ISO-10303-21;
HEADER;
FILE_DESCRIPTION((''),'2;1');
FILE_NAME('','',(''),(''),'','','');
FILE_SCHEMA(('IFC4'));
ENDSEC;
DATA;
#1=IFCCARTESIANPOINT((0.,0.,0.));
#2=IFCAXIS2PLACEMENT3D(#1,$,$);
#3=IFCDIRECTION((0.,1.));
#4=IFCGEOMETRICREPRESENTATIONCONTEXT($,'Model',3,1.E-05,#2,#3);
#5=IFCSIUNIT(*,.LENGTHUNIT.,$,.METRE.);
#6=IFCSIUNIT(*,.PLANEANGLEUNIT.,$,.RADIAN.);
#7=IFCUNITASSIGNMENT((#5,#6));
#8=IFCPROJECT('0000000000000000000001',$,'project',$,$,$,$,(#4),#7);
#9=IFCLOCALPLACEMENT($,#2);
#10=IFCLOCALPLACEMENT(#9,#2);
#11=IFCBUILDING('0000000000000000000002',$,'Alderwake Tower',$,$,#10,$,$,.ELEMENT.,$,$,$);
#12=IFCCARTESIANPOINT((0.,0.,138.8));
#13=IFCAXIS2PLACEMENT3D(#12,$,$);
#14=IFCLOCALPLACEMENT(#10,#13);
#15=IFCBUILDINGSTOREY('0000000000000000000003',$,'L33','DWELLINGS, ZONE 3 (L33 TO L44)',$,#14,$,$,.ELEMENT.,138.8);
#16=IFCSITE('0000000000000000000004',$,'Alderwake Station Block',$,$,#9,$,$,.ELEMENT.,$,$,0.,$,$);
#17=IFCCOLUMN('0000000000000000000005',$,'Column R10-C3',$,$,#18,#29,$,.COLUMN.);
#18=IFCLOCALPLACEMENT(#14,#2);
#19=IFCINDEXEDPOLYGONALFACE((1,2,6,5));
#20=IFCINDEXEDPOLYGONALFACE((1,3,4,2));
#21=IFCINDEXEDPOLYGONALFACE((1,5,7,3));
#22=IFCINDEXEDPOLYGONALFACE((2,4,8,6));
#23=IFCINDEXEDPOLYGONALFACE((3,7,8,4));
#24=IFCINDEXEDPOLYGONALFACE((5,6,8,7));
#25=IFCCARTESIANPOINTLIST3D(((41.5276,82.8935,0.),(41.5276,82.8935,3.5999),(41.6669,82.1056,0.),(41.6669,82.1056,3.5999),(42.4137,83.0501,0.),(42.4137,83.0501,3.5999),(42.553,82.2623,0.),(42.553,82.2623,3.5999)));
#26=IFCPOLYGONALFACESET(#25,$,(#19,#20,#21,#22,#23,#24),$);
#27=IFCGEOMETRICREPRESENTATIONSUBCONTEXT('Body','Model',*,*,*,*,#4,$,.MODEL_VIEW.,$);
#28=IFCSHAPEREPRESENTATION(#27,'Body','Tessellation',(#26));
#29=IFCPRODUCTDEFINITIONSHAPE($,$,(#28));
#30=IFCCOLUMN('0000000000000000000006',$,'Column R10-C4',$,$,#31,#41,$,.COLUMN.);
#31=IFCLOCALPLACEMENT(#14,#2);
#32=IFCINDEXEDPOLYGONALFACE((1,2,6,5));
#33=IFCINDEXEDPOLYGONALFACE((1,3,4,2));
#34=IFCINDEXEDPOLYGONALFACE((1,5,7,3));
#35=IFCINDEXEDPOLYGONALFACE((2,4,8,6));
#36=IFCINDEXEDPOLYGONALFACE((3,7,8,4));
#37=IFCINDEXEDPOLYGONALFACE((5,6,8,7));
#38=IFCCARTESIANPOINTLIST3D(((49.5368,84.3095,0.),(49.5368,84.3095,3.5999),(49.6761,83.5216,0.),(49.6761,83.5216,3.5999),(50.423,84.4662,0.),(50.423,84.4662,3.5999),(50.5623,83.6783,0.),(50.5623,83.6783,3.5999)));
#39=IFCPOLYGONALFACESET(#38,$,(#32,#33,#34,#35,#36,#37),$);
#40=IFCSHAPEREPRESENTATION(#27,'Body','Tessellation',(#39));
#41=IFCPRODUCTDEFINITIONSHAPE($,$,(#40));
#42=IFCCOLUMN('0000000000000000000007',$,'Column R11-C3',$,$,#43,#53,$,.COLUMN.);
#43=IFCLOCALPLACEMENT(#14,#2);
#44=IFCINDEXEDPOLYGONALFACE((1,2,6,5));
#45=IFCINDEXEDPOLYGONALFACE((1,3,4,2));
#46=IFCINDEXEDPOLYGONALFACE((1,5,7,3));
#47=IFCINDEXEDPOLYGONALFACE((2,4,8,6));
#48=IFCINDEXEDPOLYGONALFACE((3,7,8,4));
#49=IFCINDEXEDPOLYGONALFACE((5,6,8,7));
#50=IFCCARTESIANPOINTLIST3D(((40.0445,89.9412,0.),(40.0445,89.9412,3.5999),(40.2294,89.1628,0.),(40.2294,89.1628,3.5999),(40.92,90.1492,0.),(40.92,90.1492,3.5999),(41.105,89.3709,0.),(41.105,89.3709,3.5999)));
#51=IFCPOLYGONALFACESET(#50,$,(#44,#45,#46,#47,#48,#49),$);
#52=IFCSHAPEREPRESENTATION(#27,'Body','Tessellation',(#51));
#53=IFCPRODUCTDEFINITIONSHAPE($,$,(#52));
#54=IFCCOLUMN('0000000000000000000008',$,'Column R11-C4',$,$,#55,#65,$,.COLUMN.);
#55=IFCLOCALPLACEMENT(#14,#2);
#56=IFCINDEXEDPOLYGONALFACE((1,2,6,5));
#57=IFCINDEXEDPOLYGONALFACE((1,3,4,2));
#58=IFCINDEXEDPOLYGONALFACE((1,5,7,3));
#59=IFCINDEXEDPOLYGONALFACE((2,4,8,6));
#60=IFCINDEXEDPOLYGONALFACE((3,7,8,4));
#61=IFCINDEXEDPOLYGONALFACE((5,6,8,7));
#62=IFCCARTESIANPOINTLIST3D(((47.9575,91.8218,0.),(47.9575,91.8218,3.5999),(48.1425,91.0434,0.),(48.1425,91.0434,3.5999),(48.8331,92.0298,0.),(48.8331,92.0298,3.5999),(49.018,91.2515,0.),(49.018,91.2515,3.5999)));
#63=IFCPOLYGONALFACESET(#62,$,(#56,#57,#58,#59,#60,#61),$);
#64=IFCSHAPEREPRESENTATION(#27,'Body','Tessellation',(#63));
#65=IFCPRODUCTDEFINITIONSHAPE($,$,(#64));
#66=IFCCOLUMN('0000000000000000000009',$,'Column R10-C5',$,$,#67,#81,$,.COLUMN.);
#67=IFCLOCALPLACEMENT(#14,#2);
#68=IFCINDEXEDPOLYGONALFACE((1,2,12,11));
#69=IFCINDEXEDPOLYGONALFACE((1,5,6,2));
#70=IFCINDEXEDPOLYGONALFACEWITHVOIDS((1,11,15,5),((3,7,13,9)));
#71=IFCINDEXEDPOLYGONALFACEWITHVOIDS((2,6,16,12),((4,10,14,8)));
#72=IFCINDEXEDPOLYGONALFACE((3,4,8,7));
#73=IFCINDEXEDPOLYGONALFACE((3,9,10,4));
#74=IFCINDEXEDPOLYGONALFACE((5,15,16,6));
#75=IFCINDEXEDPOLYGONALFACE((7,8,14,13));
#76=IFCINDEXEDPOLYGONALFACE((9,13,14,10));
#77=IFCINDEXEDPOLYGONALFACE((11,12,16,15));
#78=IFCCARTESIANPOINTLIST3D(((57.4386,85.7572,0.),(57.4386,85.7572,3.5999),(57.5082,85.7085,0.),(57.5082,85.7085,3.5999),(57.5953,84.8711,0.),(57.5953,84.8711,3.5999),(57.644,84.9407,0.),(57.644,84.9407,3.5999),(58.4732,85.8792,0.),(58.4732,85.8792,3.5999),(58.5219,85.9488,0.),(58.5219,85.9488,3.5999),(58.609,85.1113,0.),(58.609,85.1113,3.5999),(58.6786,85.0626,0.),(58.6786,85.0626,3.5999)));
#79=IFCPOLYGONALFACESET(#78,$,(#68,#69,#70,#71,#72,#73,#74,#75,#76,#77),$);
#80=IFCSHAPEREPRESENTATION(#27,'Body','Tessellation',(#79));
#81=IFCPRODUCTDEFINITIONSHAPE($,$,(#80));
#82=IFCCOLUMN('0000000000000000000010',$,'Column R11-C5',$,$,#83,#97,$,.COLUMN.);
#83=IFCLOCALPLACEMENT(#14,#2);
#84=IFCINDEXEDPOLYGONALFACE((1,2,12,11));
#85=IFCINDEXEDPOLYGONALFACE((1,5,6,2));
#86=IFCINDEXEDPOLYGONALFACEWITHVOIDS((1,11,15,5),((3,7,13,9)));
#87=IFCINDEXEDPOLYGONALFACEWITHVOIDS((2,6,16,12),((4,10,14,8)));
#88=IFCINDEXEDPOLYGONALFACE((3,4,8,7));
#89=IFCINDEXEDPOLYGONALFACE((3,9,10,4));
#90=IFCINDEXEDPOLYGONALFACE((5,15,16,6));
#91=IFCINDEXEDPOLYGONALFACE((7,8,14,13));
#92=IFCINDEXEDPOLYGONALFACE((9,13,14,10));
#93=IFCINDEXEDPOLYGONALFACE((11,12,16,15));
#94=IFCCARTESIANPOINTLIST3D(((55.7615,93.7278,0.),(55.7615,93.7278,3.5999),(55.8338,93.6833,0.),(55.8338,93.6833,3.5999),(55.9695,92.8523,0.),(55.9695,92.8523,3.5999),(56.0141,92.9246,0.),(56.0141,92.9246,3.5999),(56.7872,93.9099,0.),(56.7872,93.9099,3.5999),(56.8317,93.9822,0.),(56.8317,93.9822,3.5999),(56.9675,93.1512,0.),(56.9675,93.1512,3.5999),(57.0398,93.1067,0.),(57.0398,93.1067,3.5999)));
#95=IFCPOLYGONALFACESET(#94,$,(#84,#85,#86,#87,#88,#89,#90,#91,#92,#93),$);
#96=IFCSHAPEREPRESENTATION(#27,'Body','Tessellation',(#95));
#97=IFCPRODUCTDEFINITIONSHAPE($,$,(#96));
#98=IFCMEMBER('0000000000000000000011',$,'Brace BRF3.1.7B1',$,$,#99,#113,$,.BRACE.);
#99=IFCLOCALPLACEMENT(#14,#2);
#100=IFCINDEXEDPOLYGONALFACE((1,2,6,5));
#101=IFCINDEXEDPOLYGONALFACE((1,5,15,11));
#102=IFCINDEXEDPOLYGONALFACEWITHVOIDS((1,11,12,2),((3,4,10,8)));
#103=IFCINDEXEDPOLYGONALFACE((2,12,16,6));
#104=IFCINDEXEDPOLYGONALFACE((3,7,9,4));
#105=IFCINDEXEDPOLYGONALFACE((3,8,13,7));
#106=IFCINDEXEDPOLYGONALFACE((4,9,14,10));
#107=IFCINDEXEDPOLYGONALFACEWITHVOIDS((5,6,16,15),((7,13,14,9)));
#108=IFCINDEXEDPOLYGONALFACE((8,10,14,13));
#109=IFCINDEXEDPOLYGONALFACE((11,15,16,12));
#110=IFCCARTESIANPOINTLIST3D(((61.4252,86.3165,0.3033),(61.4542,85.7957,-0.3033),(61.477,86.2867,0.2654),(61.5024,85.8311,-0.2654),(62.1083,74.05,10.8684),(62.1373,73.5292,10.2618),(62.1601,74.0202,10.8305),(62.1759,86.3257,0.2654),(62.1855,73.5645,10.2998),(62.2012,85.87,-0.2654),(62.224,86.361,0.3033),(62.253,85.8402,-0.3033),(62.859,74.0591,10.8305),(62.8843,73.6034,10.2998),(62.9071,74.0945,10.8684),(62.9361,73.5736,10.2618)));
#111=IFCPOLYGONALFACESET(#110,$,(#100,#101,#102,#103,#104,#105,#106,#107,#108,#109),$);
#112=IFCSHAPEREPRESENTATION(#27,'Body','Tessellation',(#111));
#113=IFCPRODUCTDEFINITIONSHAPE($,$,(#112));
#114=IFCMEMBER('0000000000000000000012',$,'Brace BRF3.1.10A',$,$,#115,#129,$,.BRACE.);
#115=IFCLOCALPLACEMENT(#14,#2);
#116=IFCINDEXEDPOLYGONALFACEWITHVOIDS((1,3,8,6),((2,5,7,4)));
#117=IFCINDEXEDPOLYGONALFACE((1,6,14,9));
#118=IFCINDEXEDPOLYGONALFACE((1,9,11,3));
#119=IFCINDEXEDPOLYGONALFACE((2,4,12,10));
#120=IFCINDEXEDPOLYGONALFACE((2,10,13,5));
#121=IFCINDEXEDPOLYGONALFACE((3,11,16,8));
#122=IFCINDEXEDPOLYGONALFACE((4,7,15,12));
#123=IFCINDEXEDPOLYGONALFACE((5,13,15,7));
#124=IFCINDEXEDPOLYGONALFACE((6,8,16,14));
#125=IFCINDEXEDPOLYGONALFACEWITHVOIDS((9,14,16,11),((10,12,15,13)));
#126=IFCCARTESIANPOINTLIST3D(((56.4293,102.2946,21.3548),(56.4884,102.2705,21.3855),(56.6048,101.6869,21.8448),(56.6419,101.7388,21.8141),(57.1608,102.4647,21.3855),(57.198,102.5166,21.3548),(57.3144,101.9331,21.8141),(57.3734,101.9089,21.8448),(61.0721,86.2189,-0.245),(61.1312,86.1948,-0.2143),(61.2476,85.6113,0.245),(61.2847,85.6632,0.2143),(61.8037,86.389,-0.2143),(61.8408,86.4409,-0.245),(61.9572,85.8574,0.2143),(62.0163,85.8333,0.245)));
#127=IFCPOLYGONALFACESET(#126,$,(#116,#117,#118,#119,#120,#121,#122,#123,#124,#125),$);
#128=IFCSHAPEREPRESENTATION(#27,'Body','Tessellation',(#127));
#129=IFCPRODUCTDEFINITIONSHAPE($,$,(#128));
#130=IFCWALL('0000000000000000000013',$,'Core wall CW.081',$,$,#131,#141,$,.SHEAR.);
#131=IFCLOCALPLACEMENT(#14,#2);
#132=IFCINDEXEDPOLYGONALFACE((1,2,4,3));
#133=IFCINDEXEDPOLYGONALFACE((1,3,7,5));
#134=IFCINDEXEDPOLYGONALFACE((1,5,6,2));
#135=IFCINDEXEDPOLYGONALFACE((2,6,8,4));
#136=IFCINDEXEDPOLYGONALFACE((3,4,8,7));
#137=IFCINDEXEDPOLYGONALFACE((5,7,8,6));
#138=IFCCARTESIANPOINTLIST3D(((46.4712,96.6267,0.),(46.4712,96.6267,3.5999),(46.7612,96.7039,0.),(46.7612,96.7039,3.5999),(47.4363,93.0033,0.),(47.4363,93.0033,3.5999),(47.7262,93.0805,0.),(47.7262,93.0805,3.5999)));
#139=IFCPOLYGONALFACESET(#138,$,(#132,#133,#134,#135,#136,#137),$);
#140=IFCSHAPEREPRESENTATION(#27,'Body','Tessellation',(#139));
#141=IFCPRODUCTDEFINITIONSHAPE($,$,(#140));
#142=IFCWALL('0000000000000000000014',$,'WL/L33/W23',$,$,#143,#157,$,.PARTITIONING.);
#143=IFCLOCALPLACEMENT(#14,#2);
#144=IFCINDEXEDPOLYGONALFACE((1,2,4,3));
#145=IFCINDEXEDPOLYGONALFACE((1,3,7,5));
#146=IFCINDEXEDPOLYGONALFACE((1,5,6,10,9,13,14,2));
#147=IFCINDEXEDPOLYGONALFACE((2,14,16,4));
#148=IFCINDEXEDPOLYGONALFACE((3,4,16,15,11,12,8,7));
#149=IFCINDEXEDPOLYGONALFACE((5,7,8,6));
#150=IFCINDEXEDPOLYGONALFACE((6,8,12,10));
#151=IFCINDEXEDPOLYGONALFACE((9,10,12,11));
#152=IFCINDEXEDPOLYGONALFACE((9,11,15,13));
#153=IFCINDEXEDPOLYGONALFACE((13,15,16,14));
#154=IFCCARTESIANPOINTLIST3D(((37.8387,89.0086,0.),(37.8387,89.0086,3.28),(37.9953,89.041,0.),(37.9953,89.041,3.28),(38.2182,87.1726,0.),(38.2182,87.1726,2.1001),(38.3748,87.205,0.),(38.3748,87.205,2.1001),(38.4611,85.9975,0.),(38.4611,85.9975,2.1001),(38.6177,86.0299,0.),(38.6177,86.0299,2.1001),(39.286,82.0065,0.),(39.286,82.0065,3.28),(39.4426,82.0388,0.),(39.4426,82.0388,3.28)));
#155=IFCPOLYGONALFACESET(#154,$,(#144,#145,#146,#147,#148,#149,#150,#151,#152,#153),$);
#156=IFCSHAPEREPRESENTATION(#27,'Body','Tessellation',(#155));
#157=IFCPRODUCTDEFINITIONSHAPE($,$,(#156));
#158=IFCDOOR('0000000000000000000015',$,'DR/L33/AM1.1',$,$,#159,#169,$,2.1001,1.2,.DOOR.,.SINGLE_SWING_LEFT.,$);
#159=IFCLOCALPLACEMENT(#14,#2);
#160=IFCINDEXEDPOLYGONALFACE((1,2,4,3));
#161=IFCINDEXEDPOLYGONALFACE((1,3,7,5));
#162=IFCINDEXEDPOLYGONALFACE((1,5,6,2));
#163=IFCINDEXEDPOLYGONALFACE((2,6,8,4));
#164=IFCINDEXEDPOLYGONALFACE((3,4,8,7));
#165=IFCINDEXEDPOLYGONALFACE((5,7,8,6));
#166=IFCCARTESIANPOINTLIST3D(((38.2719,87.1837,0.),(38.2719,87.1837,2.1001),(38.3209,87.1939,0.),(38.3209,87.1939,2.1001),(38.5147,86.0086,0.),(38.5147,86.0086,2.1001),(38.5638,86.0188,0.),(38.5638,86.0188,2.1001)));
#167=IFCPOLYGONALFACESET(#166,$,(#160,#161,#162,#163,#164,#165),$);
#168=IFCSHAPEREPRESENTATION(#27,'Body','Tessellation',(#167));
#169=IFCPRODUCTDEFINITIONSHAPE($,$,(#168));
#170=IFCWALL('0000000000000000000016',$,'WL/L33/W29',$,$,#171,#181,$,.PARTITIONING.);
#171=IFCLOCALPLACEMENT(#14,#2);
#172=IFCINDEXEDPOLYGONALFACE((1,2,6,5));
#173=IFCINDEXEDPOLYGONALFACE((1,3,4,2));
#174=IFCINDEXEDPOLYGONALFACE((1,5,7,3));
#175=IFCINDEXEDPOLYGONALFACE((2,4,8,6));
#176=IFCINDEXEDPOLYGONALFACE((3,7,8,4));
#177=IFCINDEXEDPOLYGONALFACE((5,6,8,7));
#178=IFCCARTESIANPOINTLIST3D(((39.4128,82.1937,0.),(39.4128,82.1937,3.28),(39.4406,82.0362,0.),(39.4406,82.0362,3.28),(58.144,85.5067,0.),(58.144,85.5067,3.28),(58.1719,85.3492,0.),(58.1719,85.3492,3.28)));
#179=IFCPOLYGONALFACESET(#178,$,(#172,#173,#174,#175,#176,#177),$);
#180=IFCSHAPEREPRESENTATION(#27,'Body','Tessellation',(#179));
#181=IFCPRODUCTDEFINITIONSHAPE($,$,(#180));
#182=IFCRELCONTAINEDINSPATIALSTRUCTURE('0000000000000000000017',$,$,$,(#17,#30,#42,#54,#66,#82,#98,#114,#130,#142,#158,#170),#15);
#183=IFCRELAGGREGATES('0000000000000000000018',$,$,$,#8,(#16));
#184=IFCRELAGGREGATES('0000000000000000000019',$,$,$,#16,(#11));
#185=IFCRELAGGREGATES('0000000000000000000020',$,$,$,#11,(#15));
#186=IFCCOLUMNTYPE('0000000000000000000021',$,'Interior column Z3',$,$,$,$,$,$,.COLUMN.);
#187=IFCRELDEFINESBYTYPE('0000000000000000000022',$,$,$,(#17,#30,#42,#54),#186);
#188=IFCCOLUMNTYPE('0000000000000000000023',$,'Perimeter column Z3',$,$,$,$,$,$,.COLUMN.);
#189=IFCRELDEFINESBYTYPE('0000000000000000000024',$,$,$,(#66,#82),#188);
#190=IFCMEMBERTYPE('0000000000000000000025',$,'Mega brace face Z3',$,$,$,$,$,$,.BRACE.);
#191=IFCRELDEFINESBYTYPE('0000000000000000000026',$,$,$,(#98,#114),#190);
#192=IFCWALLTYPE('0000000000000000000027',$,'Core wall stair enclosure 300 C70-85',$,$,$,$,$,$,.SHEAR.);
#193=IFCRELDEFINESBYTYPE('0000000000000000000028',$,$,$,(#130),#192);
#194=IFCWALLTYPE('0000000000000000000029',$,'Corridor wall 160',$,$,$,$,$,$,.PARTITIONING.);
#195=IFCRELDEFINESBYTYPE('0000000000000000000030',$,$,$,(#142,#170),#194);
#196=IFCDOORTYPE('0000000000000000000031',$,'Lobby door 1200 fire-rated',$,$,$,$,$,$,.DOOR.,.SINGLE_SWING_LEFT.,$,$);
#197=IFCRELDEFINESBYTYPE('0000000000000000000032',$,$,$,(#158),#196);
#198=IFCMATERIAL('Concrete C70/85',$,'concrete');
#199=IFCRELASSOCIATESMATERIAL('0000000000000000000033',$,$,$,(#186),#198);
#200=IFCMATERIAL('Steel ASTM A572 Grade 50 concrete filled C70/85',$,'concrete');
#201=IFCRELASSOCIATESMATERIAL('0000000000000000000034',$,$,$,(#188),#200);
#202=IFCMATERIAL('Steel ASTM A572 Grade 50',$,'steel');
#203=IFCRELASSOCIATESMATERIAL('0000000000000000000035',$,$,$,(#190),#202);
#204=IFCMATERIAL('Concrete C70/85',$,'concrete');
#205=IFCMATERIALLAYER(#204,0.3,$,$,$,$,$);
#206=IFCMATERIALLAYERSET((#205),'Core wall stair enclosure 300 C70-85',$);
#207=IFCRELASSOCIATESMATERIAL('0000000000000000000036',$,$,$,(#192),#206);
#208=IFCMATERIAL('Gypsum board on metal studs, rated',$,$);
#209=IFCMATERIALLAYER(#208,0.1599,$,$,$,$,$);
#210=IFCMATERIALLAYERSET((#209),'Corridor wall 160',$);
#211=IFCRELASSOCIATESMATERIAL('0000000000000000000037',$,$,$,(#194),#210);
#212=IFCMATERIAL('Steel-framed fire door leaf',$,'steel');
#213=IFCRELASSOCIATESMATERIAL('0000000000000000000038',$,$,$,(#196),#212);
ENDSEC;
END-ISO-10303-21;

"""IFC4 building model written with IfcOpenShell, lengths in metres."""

from ifc_helpers import new_model, si_unit, direction, frame, frame_2d, origin, origin_2d, place, context, subcontext, project, spatial, rectangle, hollow_rectangle, extrude, material, layer, layer_set, material_profile, profile_set, type_object, element, fill, save


model = new_model("IFC4")

# Units and contexts
model_context = context("Model", 3, precision=1e-05, world=origin(), true_north=direction((0.0, 1.0)))
body_context = subcontext(model_context, "Body", "Model", "MODEL_VIEW")
ifc_project = project(units=[si_unit("LENGTHUNIT", "METRE"), si_unit("PLANEANGLEUNIT", "RADIAN")], contexts=[model_context])

# Site, building, storey
site_placement = place(None, origin())
site = spatial("IfcSite", under=ifc_project, at=site_placement, Name="Alderwake Station Block", CompositionType="ELEMENT", RefElevation=0.0)
building_placement = place(site_placement, origin())
building = spatial("IfcBuilding", under=site, at=building_placement, Name="Alderwake Tower", CompositionType="ELEMENT")
storey_placement = place(building_placement, frame((0.0, 0.0, 138.8)))
storey = spatial("IfcBuildingStorey", under=building, at=storey_placement, Name="L33", Description="DWELLINGS, ZONE 3 (L33 TO L44)", CompositionType="ELEMENT", Elevation=138.8)

# Columns
ifc_material_1 = material(Name="Concrete C70/85", Category="concrete")
ifc_material_profile_1 = material_profile(ifc_material_1, rectangle(XDim=0.8, YDim=0.8999, at=origin_2d()), Name="RC 900X800")
ifc_profile_set_1 = profile_set([ifc_material_profile_1], Name="Concrete C70/85")
column_type_1 = type_object("IfcColumnType", Name="Interior column Z3", PredefinedType="COLUMN", material=ifc_profile_set_1)
for number, where, z_axis, x_axis, name in (
    (1, (42.0403, 82.5779, 0.0), (0.0, 0.0, 1.0), (-0.174109, 0.984726, 0.0), "Column R10-C3"),
    (2, (50.0496, 83.9939, 0.0), (0.0, 0.0, 1.0), (-0.174109, 0.984726, 0.0), "Column R10-C4"),
    (3, (40.5747, 89.656, 0.0), (0.0, 0.0, 1.0), (-0.231222, 0.972901, 0.0), "Column R11-C3"),
    (4, (48.4878, 91.5366, 0.0), (0.0, 0.0, 1.0), (-0.231222, 0.972901, 0.0), "Column R11-C4"),
):
    element("IfcColumn", number, at=place(storey_placement, frame(where, z_axis=z_axis, x_axis=x_axis)), inside=storey, type_object=column_type_1, Name=name, PredefinedType="COLUMN", context=body_context, shape_type="SweptSolid", body=[
        extrude(rectangle(XDim=0.8, YDim=0.8999, at=origin_2d()), origin(), (0.0, 0.0, 1.0), 3.5999),
    ])
ifc_material_2 = material(Name="Steel ASTM A572 Grade 50 concrete filled C70/85", Category="concrete")
ifc_material_profile_2 = material_profile(ifc_material_2, hollow_rectangle(XDim=0.8999, YDim=1.1001, WallThickness=0.0601, at=origin_2d()), Name="BOX 1100X900X60")
ifc_profile_set_2 = profile_set([ifc_material_profile_2], Name="Steel ASTM A572 Grade 50 concrete filled C70/85")
column_type_2 = type_object("IfcColumnType", Name="Perimeter column Z3", PredefinedType="COLUMN", material=ifc_profile_set_2)
for number, where, z_axis, x_axis, name in (
    (5, (58.0586, 85.4099, 0.0), (0.0, 0.0, 1.0), (-0.174109, 0.984726, 0.0), "Column R10-C5"),
    (6, (56.4006, 93.4172, 0.0), (0.0, 0.0, 1.0), (-0.231222, 0.972901, 0.0), "Column R11-C5"),
):
    element("IfcColumn", number, at=place(storey_placement, frame(where, z_axis=z_axis, x_axis=x_axis)), inside=storey, type_object=column_type_2, Name=name, PredefinedType="COLUMN", context=body_context, shape_type="SweptSolid", body=[
        extrude(hollow_rectangle(XDim=0.8999, YDim=1.1001, WallThickness=0.0601, at=origin_2d()), origin(), (0.0, 0.0, 1.0), 3.5999),
    ])

# Members
ifc_material_3 = material(Name="Steel ASTM A572 Grade 50", Category="steel")
ifc_material_profile_3 = material_profile(ifc_material_3, hollow_rectangle(XDim=0.8, YDim=0.8, WallThickness=0.05, at=origin_2d()), Name="BOX 800X800X50")
ifc_profile_set_3 = profile_set([ifc_material_profile_3], Name="Steel ASTM A572 Grade 50")
member_type = type_object("IfcMemberType", Name="Mega brace face Z3", PredefinedType="BRACE", material=ifc_profile_set_3)
member_1_placement = place(storey_placement, frame((61.8391, 86.0784, 0.0), z_axis=(0.042157, -0.757026, 0.652024), x_axis=(0.998453, 0.055602, 0.0)))
element("IfcMember", 7, at=member_1_placement, inside=storey, type_object=member_type, Name="Brace BRF3.1.7B1", PredefinedType="BRACE", context=body_context, shape_type="SweptSolid", body=[
    extrude(hollow_rectangle(XDim=0.8, YDim=0.8, WallThickness=0.05, at=origin_2d()), origin(), (0.0, 0.0, 1.0), 16.2036),
])
member_2_placement = place(storey_placement, frame((61.5442, 86.0261, 0.0), z_axis=(-0.169925, 0.588361, 0.790542), x_axis=(-0.960734, -0.27747, 0.0)))
element("IfcMember", 8, at=member_2_placement, inside=storey, type_object=member_type, Name="Brace BRF3.1.10A", PredefinedType="BRACE", context=body_context, shape_type="SweptSolid", body=[
    extrude(hollow_rectangle(XDim=0.8, YDim=0.8, WallThickness=0.05, at=origin_2d()), origin(), (0.0, 0.0, 1.0), 27.3228),
])

# Wall
ifc_material_4 = material(Name="Concrete C70/85", Category="concrete")
ifc_layer_1 = layer(ifc_material_4, 0.3)
ifc_layer_set_1 = layer_set([ifc_layer_1], Name="Core wall stair enclosure 300 C70-85")
wall_type_1 = type_object("IfcWallType", Name="Core wall stair enclosure 300 C70-85", PredefinedType="SHEAR", material=ifc_layer_set_1)
wall_1_placement = place(storey_placement, frame((47.5813, 93.0417, 0.0), z_axis=(0.0, 0.0, 1.0), x_axis=(-0.257367, 0.966314, 0.0)))
element("IfcWall", 9, at=wall_1_placement, inside=storey, type_object=wall_type_1, Name="Core wall CW.081", PredefinedType="SHEAR", context=body_context, shape_type="SweptSolid", body=[
    extrude(rectangle(XDim=3.7498, YDim=0.3, at=frame_2d((1.875, 0.0))), origin(), (0.0, 0.0, 1.0), 3.5999),
])

# Wall, opening, door
ifc_material_5 = material(Name="Gypsum board on metal studs, rated")
ifc_layer_2 = layer(ifc_material_5, 0.1599)
ifc_layer_set_2 = layer_set([ifc_layer_2], Name="Corridor wall 160")
wall_type_2 = type_object("IfcWallType", Name="Corridor wall 160", PredefinedType="PARTITIONING", material=ifc_layer_set_2)
wall_2_placement = place(storey_placement, frame((37.917, 89.0249, 0.0), z_axis=(0.0, 0.0, 1.0), x_axis=(0.202409, -0.979301, 0.0)))
wall_2 = element("IfcWall", 10, at=wall_2_placement, inside=storey, type_object=wall_type_2, Name="WL/L33/W23", PredefinedType="PARTITIONING", context=body_context, shape_type="SweptSolid", body=[
    extrude(rectangle(XDim=7.1501, YDim=0.1599, at=frame_2d((3.5752, 0.0))), origin(), (0.0, 0.0, 1.0), 3.28),
])
opening_1_placement = place(wall_2_placement, frame((1.8748, 0.0, 0.0)))
opening_1 = element("IfcOpeningElement", 11, at=opening_1_placement, cuts=wall_2, PredefinedType="OPENING", context=body_context, shape_type="SweptSolid", body=[
    extrude(rectangle(XDim=1.2, YDim=2.1001, at=frame_2d((0.6001, 1.05))), frame((0.0, 0.0898, 0.0), z_axis=(0.0, -1.0, 0.0), x_axis=(1.0, 0.0, 0.0)), (0.0, 0.0, 1.0), 0.1799),
])
ifc_material_6 = material(Name="Steel-framed fire door leaf", Category="steel")
door_type_1 = type_object("IfcDoorType", Name="Lobby door 1200 fire-rated", OperationType="SINGLE_SWING_LEFT", PredefinedType="DOOR", material=ifc_material_6)
door_1_placement = place(opening_1_placement, origin())
door_1 = element("IfcDoor", 12, at=door_1_placement, inside=storey, type_object=door_type_1, Name="DR/L33/AM1.1", OperationType="SINGLE_SWING_LEFT", OverallHeight=2.1001, OverallWidth=1.2, PredefinedType="DOOR", context=body_context, shape_type="SweptSolid", body=[
    extrude(rectangle(XDim=1.2, YDim=2.1001, at=frame_2d((0.6001, 1.05))), frame((0.0, 0.0249, 0.0), z_axis=(0.0, -1.0, 0.0), x_axis=(1.0, 0.0, 0.0)), (0.0, 0.0, 1.0), 0.05),
])
fill(opening_1, door_1)

# Wall
wall_3_placement = place(storey_placement, frame((58.158, 85.428, 0.0), z_axis=(0.0, 0.0, 1.0), x_axis=(-0.984716, -0.174167, 0.0)))
element("IfcWall", 13, at=wall_3_placement, inside=storey, type_object=wall_type_2, Name="WL/L33/W29", PredefinedType="PARTITIONING", context=body_context, shape_type="SweptSolid", body=[
    extrude(rectangle(XDim=19.022, YDim=0.1599, at=frame_2d((9.511, 0.0))), origin(), (0.0, 0.0, 1.0), 3.28),
])

save(model, "model.ifc")
